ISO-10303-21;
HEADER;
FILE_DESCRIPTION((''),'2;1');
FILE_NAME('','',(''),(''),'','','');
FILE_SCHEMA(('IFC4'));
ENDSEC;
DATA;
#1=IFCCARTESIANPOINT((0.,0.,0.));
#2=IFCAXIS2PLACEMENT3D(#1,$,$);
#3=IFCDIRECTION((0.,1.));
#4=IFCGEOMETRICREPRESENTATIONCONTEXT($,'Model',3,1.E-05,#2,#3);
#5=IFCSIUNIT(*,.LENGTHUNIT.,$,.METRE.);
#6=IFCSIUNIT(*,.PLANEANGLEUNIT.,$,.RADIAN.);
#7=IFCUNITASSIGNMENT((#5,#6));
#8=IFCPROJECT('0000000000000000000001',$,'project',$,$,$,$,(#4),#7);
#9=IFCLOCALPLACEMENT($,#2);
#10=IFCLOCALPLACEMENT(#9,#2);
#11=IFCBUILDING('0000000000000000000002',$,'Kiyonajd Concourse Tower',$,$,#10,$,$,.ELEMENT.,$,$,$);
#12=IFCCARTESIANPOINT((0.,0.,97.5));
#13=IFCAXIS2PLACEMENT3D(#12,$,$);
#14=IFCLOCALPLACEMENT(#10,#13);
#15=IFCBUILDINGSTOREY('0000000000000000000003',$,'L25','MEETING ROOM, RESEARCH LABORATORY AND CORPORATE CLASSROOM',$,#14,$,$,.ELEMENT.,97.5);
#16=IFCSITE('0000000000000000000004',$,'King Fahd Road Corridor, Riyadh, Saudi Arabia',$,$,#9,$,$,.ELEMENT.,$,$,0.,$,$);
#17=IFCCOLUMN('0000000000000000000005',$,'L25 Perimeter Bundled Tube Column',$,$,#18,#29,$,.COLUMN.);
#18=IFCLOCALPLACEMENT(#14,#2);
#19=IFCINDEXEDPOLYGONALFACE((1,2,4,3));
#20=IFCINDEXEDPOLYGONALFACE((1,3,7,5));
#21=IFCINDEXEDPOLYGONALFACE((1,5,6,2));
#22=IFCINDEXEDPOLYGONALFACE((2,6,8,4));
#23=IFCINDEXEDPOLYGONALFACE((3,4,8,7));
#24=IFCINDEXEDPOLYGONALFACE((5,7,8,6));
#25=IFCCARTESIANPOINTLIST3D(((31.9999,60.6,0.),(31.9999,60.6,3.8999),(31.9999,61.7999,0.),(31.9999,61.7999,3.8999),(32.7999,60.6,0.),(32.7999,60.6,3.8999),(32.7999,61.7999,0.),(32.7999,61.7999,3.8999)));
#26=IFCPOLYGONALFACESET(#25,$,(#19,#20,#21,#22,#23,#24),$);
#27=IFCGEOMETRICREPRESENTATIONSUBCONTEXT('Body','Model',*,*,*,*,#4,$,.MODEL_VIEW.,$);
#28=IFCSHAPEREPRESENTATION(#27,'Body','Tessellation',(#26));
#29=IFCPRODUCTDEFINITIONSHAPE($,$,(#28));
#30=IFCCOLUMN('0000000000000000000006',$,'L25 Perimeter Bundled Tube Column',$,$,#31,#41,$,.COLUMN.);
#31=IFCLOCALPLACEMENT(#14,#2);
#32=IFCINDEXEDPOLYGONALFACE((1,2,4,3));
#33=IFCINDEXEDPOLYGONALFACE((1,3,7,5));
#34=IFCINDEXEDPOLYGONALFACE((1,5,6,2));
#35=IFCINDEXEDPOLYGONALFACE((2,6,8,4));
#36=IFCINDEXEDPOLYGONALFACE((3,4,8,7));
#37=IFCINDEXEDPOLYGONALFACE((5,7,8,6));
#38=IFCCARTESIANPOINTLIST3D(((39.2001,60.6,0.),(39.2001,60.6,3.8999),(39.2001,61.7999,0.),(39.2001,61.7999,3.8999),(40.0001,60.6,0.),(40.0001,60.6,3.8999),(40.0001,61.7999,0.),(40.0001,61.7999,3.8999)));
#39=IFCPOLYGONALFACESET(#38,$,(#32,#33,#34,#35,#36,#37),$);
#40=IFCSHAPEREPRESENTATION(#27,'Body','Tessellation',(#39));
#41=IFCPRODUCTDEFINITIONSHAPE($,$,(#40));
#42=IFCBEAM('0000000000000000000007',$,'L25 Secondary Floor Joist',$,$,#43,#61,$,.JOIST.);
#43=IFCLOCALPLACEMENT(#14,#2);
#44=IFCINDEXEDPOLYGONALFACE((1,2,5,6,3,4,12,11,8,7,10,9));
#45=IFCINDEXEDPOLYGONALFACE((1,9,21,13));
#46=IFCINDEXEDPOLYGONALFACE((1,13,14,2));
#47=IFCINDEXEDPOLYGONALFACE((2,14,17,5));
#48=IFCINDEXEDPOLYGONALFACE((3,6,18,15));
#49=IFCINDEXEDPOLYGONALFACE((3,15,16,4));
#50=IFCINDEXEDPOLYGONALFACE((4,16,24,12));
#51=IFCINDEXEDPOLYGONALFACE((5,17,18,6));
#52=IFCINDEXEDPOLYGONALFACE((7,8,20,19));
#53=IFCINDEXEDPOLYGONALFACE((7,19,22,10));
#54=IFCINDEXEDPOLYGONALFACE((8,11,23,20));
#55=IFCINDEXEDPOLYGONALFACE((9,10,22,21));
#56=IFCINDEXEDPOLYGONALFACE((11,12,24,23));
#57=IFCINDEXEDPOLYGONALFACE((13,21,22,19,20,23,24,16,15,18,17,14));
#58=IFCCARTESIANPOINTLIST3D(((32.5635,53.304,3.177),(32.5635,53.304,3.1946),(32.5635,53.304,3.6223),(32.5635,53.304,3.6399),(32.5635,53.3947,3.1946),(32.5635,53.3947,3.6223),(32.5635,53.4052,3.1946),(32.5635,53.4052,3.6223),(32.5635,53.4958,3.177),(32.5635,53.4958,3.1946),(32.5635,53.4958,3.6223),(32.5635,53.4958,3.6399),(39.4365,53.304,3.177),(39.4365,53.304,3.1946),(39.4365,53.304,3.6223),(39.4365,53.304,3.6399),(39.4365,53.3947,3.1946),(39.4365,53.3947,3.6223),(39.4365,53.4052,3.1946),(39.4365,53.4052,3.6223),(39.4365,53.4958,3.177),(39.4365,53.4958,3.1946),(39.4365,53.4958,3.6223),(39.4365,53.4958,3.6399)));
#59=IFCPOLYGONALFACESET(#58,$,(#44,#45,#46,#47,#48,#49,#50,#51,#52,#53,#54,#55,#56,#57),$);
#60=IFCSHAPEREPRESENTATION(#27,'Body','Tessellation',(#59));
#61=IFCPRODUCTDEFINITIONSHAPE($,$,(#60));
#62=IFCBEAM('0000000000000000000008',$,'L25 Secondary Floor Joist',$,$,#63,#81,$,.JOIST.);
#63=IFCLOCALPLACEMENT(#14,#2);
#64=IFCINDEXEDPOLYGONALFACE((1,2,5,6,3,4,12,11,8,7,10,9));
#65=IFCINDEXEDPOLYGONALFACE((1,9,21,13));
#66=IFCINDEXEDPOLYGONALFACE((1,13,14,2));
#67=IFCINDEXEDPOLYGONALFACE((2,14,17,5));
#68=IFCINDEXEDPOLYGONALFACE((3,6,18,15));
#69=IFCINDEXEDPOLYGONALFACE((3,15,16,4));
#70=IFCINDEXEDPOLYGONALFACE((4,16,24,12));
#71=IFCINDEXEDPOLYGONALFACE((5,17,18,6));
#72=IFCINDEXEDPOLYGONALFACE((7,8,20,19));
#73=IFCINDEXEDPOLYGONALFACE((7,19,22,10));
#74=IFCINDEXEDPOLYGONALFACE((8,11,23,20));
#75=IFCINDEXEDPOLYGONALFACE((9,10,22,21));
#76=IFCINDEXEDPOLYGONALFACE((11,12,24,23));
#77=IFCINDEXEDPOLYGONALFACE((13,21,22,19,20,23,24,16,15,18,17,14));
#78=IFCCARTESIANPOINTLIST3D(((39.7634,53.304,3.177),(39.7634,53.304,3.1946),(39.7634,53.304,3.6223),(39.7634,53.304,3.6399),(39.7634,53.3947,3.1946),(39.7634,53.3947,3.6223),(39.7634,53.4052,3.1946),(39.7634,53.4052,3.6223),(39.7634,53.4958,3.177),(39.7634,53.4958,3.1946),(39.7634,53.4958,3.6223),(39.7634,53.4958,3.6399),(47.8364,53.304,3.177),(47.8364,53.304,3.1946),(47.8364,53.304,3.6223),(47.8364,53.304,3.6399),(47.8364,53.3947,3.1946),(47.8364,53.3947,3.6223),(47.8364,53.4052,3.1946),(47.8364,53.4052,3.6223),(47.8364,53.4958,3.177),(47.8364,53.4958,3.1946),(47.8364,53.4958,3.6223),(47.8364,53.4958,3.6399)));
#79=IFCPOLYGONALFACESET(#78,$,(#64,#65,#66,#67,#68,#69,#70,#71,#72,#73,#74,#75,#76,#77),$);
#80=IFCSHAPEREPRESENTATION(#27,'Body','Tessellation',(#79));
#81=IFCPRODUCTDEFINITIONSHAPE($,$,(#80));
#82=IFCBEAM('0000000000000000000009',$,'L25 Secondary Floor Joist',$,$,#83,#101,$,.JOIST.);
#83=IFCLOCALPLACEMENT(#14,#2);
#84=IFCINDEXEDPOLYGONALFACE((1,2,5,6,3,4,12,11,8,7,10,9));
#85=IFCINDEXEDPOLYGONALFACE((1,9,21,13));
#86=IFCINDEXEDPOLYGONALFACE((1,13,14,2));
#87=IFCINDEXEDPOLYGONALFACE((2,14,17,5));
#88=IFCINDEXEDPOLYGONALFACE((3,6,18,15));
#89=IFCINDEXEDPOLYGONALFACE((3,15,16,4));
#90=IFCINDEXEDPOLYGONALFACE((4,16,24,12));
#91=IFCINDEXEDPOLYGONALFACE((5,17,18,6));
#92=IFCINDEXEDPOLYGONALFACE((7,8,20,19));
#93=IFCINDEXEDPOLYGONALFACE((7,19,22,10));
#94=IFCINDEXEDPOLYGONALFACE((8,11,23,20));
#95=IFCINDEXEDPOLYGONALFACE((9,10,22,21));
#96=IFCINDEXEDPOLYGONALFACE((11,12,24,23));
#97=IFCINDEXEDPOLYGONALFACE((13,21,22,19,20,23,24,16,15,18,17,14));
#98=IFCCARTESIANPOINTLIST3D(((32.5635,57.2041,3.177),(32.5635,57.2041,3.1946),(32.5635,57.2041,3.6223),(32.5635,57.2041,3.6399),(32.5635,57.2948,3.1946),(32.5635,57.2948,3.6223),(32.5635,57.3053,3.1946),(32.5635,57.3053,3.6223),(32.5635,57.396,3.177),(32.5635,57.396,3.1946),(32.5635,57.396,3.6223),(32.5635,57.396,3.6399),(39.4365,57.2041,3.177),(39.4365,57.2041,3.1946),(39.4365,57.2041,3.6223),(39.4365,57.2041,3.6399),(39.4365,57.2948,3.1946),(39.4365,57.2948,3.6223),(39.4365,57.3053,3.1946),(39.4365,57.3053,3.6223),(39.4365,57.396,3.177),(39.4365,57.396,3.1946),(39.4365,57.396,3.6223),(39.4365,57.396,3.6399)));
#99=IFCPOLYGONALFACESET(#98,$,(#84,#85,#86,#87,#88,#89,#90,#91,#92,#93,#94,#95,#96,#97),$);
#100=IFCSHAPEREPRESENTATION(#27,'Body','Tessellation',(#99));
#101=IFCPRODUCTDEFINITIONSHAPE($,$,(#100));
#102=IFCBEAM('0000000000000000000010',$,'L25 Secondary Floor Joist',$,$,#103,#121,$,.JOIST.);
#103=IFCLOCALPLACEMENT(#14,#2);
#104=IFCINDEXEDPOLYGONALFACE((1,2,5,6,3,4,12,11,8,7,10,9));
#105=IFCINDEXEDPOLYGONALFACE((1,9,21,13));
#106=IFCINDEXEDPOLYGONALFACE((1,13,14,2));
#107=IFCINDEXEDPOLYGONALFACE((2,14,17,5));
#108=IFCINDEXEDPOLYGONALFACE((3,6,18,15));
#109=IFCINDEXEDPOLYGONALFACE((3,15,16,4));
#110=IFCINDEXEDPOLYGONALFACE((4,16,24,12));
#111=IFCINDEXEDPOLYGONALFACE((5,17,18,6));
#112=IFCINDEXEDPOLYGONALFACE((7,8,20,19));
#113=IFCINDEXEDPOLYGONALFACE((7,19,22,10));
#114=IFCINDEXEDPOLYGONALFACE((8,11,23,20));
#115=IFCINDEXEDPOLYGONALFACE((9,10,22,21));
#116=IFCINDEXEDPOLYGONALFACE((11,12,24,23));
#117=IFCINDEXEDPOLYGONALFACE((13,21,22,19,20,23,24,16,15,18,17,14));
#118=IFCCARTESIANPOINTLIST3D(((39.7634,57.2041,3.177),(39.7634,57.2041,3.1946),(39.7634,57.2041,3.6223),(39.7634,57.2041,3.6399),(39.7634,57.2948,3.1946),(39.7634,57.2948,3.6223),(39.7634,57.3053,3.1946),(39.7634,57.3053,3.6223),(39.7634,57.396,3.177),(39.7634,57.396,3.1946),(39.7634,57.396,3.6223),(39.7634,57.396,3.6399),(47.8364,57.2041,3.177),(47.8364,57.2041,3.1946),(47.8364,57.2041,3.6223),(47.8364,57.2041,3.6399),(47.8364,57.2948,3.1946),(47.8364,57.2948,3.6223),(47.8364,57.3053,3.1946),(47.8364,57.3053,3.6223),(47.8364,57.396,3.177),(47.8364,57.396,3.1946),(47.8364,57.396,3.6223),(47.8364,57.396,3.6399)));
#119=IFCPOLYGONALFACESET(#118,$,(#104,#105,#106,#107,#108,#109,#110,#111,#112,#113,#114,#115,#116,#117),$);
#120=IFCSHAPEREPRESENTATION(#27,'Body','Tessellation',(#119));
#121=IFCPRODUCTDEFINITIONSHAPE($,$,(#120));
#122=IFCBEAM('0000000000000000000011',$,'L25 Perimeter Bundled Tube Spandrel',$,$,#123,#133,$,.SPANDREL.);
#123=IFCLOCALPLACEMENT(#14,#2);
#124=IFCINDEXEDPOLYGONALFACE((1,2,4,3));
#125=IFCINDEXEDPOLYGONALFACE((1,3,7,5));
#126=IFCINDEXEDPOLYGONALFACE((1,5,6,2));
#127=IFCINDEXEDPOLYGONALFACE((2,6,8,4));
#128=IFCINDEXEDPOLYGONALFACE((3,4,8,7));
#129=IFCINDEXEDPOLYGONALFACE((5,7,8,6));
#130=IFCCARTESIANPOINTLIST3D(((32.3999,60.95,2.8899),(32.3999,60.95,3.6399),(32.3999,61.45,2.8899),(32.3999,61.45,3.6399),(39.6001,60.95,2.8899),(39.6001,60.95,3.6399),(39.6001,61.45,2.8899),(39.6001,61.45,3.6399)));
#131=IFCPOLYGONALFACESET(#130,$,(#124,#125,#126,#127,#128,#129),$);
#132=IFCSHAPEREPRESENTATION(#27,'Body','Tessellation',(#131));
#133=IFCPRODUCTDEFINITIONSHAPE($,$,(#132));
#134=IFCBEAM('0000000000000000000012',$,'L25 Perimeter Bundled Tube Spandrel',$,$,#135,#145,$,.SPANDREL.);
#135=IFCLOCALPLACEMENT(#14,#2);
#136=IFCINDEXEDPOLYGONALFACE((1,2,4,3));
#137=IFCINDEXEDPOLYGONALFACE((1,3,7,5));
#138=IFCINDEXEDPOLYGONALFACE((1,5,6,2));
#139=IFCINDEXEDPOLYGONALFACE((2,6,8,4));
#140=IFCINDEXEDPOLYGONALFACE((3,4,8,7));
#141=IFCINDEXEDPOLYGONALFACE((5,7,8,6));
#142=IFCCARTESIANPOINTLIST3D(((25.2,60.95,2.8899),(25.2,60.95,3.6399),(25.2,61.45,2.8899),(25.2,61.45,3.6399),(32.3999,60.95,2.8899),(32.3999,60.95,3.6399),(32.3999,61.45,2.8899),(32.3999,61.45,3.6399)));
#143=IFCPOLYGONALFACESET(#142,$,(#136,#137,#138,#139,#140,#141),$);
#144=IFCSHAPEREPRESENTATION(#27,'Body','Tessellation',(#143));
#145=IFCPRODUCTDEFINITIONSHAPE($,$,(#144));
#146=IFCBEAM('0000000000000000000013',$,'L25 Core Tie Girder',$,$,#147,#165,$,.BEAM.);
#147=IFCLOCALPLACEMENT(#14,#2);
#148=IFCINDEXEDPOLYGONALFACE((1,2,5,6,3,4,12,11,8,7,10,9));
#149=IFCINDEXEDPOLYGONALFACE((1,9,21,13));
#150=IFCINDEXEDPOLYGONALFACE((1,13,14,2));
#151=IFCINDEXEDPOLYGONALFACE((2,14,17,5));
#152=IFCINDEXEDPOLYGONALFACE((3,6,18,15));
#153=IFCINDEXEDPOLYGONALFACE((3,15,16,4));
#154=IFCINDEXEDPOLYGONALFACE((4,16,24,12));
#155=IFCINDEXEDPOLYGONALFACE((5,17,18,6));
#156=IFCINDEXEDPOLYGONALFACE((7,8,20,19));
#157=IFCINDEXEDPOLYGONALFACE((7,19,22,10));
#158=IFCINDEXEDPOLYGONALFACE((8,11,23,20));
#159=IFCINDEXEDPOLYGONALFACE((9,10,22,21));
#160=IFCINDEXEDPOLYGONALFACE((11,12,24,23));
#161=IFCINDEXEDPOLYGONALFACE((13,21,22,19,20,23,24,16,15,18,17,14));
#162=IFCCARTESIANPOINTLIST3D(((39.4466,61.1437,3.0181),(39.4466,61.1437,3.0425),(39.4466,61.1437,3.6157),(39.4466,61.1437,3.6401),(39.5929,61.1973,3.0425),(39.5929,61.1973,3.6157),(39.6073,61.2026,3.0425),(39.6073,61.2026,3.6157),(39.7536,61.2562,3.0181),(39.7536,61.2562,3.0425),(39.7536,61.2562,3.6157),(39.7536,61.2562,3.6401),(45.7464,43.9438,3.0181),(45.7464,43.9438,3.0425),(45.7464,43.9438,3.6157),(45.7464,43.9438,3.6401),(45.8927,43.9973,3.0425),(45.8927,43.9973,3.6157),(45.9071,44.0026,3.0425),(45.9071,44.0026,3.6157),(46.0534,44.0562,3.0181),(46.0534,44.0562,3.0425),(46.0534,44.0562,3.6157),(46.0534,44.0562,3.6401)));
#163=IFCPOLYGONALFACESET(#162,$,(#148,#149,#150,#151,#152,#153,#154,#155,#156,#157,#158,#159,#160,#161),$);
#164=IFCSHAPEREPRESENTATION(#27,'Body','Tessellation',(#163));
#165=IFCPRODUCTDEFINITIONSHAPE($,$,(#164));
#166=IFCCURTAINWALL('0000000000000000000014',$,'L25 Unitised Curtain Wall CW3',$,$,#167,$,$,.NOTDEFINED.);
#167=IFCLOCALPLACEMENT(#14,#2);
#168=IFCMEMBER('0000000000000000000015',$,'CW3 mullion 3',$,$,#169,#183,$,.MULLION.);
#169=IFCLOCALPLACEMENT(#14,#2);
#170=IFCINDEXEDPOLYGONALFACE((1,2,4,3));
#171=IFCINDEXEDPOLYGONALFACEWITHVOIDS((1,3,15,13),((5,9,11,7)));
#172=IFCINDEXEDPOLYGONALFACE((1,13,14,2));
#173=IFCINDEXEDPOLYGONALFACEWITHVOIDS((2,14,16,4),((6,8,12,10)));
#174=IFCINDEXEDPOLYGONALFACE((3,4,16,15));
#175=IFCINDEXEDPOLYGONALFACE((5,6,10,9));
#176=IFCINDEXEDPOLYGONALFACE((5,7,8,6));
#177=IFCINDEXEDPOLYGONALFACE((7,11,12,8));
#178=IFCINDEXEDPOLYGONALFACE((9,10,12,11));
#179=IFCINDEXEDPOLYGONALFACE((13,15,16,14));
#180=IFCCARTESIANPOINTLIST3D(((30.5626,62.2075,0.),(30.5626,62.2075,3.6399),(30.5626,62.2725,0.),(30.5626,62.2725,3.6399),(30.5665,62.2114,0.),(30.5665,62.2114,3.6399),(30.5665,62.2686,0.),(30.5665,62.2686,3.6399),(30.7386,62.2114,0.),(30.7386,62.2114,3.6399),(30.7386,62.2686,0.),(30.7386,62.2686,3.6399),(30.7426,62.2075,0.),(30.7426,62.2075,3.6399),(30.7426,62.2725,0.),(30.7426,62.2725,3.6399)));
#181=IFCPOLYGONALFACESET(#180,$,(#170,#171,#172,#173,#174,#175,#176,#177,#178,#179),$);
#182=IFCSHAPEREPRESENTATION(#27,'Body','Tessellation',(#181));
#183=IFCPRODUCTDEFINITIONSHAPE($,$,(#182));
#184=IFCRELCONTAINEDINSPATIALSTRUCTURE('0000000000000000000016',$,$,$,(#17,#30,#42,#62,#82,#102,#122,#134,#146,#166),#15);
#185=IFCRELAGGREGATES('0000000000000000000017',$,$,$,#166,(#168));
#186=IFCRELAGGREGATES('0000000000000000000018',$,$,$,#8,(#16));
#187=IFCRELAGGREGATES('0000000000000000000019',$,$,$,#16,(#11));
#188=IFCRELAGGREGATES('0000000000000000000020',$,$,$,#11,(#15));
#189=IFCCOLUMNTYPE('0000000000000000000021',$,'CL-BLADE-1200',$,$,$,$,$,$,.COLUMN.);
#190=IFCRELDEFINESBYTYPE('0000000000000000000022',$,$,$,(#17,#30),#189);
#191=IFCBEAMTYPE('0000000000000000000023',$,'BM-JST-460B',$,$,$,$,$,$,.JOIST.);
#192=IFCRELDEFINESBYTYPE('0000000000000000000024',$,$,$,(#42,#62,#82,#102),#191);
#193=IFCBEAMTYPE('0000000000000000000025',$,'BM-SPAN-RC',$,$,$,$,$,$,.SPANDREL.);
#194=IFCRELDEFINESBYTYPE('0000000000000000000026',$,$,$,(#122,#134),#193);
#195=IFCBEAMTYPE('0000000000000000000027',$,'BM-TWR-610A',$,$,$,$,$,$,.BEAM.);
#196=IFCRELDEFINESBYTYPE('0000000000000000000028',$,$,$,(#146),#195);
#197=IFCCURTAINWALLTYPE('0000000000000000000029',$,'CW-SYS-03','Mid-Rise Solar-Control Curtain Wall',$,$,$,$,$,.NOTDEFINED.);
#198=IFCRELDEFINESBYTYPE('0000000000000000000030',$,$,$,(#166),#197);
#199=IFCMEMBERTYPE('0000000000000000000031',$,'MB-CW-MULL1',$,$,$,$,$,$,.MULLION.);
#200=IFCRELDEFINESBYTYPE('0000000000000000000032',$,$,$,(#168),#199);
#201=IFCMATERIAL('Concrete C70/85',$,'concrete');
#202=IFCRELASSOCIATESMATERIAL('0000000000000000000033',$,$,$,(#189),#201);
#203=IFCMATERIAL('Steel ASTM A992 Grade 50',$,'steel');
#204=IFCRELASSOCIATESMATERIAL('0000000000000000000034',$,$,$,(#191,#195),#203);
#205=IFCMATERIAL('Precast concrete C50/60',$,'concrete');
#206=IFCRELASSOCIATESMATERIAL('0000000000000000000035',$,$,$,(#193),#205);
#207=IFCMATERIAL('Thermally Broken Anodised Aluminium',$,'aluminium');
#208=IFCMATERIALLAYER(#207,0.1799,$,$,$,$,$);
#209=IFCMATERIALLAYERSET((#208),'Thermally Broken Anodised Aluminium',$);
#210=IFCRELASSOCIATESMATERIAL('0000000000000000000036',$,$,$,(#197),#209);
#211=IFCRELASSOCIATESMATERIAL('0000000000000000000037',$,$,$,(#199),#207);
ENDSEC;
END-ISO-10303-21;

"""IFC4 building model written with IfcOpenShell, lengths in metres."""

from ifc_helpers import new_model, si_unit, direction, frame, origin, origin_2d, place, context, subcontext, project, spatial, rectangle, hollow_rectangle, i_section, extrude, material, layer, layer_set, material_profile, profile_set, type_object, element, aggregate, save


model = new_model("IFC4")

# Units and contexts
model_context = context("Model", 3, precision=1e-05, world=origin(), true_north=direction((0.0, 1.0)))
body_context = subcontext(model_context, "Body", "Model", "MODEL_VIEW")
ifc_project = project(units=[si_unit("LENGTHUNIT", "METRE"), si_unit("PLANEANGLEUNIT", "RADIAN")], contexts=[model_context])

# Site, building, storey
site_placement = place(None, origin())
site = spatial("IfcSite", under=ifc_project, at=site_placement, Name="King Fahd Road Corridor, Riyadh, Saudi Arabia", CompositionType="ELEMENT", RefElevation=0.0)
building_placement = place(site_placement, origin())
building = spatial("IfcBuilding", under=site, at=building_placement, Name="Kiyonajd Concourse Tower", CompositionType="ELEMENT")
storey_placement = place(building_placement, frame((0.0, 0.0, 97.5)))
storey = spatial("IfcBuildingStorey", under=building, at=storey_placement, Name="L25", Description="MEETING ROOM, RESEARCH LABORATORY AND CORPORATE CLASSROOM", CompositionType="ELEMENT", Elevation=97.5)

# Columns
ifc_material_1 = material(Name="Concrete C70/85", Category="concrete")
ifc_material_profile_1 = material_profile(ifc_material_1, rectangle(XDim=0.8, YDim=1.2, at=origin_2d()), Name="RC-1200x800")
ifc_profile_set_1 = profile_set([ifc_material_profile_1], Name="Concrete C70/85")
column_type = type_object("IfcColumnType", Name="CL-BLADE-1200", PredefinedType="COLUMN", material=ifc_profile_set_1)
for number, where, z_axis, x_axis, name in (
    (1, (32.3999, 61.2, 0.0), (0.0, 0.0, 1.0), (1.0, 0.0, 0.0), "L25 Perimeter Bundled Tube Column"),
    (2, (39.6001, 61.2, 0.0), (0.0, 0.0, 1.0), (1.0, 0.0, 0.0), "L25 Perimeter Bundled Tube Column"),
):
    element("IfcColumn", number, at=place(storey_placement, frame(where, z_axis=z_axis, x_axis=x_axis)), inside=storey, type_object=column_type, Name=name, PredefinedType="COLUMN", context=body_context, shape_type="SweptSolid", body=[
        extrude(rectangle(XDim=0.8, YDim=1.2, at=origin_2d()), origin(), (0.0, 0.0, 1.0), 3.8999),
    ])

# Beams
ifc_material_2 = material(Name="Steel ASTM A992 Grade 50", Category="steel")
ifc_material_profile_2 = material_profile(ifc_material_2, i_section(OverallWidth=0.1919, OverallDepth=0.4629, WebThickness=0.0105, FlangeThickness=0.0176, at=origin_2d()), Name="W460X89")
ifc_profile_set_2 = profile_set([ifc_material_profile_2], Name="Steel ASTM A992 Grade 50")
beam_type_1 = type_object("IfcBeamType", Name="BM-JST-460B", PredefinedType="JOIST", material=ifc_profile_set_2)
beam_1_placement = place(storey_placement, frame((32.5635, 53.3999, 3.4084), z_axis=(1.0, 0.0, 0.0), x_axis=(0.0, 1.0, 0.0)))
element("IfcBeam", 3, at=beam_1_placement, inside=storey, type_object=beam_type_1, Name="L25 Secondary Floor Joist", PredefinedType="JOIST", context=body_context, shape_type="SweptSolid", body=[
    extrude(i_section(OverallWidth=0.1919, OverallDepth=0.4629, WebThickness=0.0105, FlangeThickness=0.0176, at=origin_2d()), origin(), (0.0, 0.0, 1.0), 6.873),
])
beam_2_placement = place(storey_placement, frame((39.7634, 53.3999, 3.4084), z_axis=(1.0, 0.0, 0.0), x_axis=(0.0, 1.0, 0.0)))
element("IfcBeam", 4, at=beam_2_placement, inside=storey, type_object=beam_type_1, Name="L25 Secondary Floor Joist", PredefinedType="JOIST", context=body_context, shape_type="SweptSolid", body=[
    extrude(i_section(OverallWidth=0.1919, OverallDepth=0.4629, WebThickness=0.0105, FlangeThickness=0.0176, at=origin_2d()), origin(), (0.0, 0.0, 1.0), 8.073),
])
beam_3_placement = place(storey_placement, frame((32.5635, 57.3, 3.4084), z_axis=(1.0, 0.0, 0.0), x_axis=(0.0, 1.0, 0.0)))
element("IfcBeam", 5, at=beam_3_placement, inside=storey, type_object=beam_type_1, Name="L25 Secondary Floor Joist", PredefinedType="JOIST", context=body_context, shape_type="SweptSolid", body=[
    extrude(i_section(OverallWidth=0.1919, OverallDepth=0.4629, WebThickness=0.0105, FlangeThickness=0.0176, at=origin_2d()), origin(), (0.0, 0.0, 1.0), 6.873),
])
beam_4_placement = place(storey_placement, frame((39.7634, 57.3, 3.4084), z_axis=(1.0, 0.0, 0.0), x_axis=(0.0, 1.0, 0.0)))
element("IfcBeam", 6, at=beam_4_placement, inside=storey, type_object=beam_type_1, Name="L25 Secondary Floor Joist", PredefinedType="JOIST", context=body_context, shape_type="SweptSolid", body=[
    extrude(i_section(OverallWidth=0.1919, OverallDepth=0.4629, WebThickness=0.0105, FlangeThickness=0.0176, at=origin_2d()), origin(), (0.0, 0.0, 1.0), 8.073),
])
ifc_material_3 = material(Name="Precast concrete C50/60", Category="concrete")
ifc_material_profile_3 = material_profile(ifc_material_3, rectangle(XDim=0.5, YDim=0.75, at=origin_2d()), Name="RCBM-500x750")
ifc_profile_set_3 = profile_set([ifc_material_profile_3], Name="Precast concrete C50/60")
beam_type_2 = type_object("IfcBeamType", Name="BM-SPAN-RC", PredefinedType="SPANDREL", material=ifc_profile_set_3)
beam_5_placement = place(storey_placement, frame((39.6001, 61.2, 3.2649), z_axis=(-1.0, 0.0, 0.0), x_axis=(0.0, -1.0, 0.0)))
element("IfcBeam", 7, at=beam_5_placement, inside=storey, type_object=beam_type_2, Name="L25 Perimeter Bundled Tube Spandrel", PredefinedType="SPANDREL", context=body_context, shape_type="SweptSolid", body=[
    extrude(rectangle(XDim=0.5, YDim=0.75, at=origin_2d()), origin(), (0.0, 0.0, 1.0), 7.2002),
])
beam_6_placement = place(storey_placement, frame((32.3999, 61.2, 3.2649), z_axis=(-1.0, 0.0, 0.0), x_axis=(0.0, -1.0, 0.0)))
element("IfcBeam", 8, at=beam_6_placement, inside=storey, type_object=beam_type_2, Name="L25 Perimeter Bundled Tube Spandrel", PredefinedType="SPANDREL", context=body_context, shape_type="SweptSolid", body=[
    extrude(rectangle(XDim=0.5, YDim=0.75, at=origin_2d()), origin(), (0.0, 0.0, 1.0), 7.2),
])
ifc_material_profile_4 = material_profile(ifc_material_2, i_section(OverallWidth=0.3269, OverallDepth=0.6221, WebThickness=0.0154, FlangeThickness=0.0244, at=origin_2d()), Name="W610X195")
ifc_profile_set_4 = profile_set([ifc_material_profile_4], Name="Steel ASTM A992 Grade 50")
beam_type_3 = type_object("IfcBeamType", Name="BM-TWR-610A", PredefinedType="BEAM", material=ifc_profile_set_4)
beam_7_placement = place(storey_placement, frame((39.6001, 61.2, 3.3291), z_axis=(0.343925, -0.938997, 0.0), x_axis=(0.938997, 0.343925, 0.0)))
element("IfcBeam", 9, at=beam_7_placement, inside=storey, type_object=beam_type_3, Name="L25 Core Tie Girder", PredefinedType="BEAM", context=body_context, shape_type="SweptSolid", body=[
    extrude(i_section(OverallWidth=0.3269, OverallDepth=0.6221, WebThickness=0.0154, FlangeThickness=0.0244, at=origin_2d()), origin(), (0.0, 0.0, 1.0), 18.3174),
])

# Curtain wall, member
ifc_material_4 = material(Name="Thermally Broken Anodised Aluminium", Category="aluminium")
ifc_layer_1 = layer(ifc_material_4, 0.1799)
ifc_layer_set_1 = layer_set([ifc_layer_1], Name="Thermally Broken Anodised Aluminium")
curtain_wall_type = type_object("IfcCurtainWallType", Name="CW-SYS-03", Description="Mid-Rise Solar-Control Curtain Wall", PredefinedType="NOTDEFINED", material=ifc_layer_set_1)
curtain_wall_placement = place(storey_placement, origin())
curtain_wall = element("IfcCurtainWall", 10, at=curtain_wall_placement, inside=storey, type_object=curtain_wall_type, Name="L25 Unitised Curtain Wall CW3", PredefinedType="NOTDEFINED")
ifc_material_profile_5 = material_profile(ifc_material_4, hollow_rectangle(XDim=0.0649, YDim=0.1799, WallThickness=0.0039, at=origin_2d()), Name="MULL-65x180")
ifc_profile_set_5 = profile_set([ifc_material_profile_5], Name="Thermally Broken Anodised Aluminium")
member_type_1 = type_object("IfcMemberType", Name="MB-CW-MULL1", PredefinedType="MULLION", material=ifc_profile_set_5)
member_1_placement = place(storey_placement, frame((30.6526, 62.24, 0.0), z_axis=(0.0, 0.0, 1.0), x_axis=(0.0, 1.0, 0.0)))
member_1 = element("IfcMember", 11, at=member_1_placement, type_object=member_type_1, Name="CW3 mullion 3", PredefinedType="MULLION", context=body_context, shape_type="SweptSolid", body=[
    extrude(hollow_rectangle(XDim=0.0649, YDim=0.1799, WallThickness=0.0039, at=origin_2d()), origin(), (0.0, 0.0, 1.0), 3.6399),
])
aggregate(curtain_wall, [member_1])

save(model, "model.ifc")
